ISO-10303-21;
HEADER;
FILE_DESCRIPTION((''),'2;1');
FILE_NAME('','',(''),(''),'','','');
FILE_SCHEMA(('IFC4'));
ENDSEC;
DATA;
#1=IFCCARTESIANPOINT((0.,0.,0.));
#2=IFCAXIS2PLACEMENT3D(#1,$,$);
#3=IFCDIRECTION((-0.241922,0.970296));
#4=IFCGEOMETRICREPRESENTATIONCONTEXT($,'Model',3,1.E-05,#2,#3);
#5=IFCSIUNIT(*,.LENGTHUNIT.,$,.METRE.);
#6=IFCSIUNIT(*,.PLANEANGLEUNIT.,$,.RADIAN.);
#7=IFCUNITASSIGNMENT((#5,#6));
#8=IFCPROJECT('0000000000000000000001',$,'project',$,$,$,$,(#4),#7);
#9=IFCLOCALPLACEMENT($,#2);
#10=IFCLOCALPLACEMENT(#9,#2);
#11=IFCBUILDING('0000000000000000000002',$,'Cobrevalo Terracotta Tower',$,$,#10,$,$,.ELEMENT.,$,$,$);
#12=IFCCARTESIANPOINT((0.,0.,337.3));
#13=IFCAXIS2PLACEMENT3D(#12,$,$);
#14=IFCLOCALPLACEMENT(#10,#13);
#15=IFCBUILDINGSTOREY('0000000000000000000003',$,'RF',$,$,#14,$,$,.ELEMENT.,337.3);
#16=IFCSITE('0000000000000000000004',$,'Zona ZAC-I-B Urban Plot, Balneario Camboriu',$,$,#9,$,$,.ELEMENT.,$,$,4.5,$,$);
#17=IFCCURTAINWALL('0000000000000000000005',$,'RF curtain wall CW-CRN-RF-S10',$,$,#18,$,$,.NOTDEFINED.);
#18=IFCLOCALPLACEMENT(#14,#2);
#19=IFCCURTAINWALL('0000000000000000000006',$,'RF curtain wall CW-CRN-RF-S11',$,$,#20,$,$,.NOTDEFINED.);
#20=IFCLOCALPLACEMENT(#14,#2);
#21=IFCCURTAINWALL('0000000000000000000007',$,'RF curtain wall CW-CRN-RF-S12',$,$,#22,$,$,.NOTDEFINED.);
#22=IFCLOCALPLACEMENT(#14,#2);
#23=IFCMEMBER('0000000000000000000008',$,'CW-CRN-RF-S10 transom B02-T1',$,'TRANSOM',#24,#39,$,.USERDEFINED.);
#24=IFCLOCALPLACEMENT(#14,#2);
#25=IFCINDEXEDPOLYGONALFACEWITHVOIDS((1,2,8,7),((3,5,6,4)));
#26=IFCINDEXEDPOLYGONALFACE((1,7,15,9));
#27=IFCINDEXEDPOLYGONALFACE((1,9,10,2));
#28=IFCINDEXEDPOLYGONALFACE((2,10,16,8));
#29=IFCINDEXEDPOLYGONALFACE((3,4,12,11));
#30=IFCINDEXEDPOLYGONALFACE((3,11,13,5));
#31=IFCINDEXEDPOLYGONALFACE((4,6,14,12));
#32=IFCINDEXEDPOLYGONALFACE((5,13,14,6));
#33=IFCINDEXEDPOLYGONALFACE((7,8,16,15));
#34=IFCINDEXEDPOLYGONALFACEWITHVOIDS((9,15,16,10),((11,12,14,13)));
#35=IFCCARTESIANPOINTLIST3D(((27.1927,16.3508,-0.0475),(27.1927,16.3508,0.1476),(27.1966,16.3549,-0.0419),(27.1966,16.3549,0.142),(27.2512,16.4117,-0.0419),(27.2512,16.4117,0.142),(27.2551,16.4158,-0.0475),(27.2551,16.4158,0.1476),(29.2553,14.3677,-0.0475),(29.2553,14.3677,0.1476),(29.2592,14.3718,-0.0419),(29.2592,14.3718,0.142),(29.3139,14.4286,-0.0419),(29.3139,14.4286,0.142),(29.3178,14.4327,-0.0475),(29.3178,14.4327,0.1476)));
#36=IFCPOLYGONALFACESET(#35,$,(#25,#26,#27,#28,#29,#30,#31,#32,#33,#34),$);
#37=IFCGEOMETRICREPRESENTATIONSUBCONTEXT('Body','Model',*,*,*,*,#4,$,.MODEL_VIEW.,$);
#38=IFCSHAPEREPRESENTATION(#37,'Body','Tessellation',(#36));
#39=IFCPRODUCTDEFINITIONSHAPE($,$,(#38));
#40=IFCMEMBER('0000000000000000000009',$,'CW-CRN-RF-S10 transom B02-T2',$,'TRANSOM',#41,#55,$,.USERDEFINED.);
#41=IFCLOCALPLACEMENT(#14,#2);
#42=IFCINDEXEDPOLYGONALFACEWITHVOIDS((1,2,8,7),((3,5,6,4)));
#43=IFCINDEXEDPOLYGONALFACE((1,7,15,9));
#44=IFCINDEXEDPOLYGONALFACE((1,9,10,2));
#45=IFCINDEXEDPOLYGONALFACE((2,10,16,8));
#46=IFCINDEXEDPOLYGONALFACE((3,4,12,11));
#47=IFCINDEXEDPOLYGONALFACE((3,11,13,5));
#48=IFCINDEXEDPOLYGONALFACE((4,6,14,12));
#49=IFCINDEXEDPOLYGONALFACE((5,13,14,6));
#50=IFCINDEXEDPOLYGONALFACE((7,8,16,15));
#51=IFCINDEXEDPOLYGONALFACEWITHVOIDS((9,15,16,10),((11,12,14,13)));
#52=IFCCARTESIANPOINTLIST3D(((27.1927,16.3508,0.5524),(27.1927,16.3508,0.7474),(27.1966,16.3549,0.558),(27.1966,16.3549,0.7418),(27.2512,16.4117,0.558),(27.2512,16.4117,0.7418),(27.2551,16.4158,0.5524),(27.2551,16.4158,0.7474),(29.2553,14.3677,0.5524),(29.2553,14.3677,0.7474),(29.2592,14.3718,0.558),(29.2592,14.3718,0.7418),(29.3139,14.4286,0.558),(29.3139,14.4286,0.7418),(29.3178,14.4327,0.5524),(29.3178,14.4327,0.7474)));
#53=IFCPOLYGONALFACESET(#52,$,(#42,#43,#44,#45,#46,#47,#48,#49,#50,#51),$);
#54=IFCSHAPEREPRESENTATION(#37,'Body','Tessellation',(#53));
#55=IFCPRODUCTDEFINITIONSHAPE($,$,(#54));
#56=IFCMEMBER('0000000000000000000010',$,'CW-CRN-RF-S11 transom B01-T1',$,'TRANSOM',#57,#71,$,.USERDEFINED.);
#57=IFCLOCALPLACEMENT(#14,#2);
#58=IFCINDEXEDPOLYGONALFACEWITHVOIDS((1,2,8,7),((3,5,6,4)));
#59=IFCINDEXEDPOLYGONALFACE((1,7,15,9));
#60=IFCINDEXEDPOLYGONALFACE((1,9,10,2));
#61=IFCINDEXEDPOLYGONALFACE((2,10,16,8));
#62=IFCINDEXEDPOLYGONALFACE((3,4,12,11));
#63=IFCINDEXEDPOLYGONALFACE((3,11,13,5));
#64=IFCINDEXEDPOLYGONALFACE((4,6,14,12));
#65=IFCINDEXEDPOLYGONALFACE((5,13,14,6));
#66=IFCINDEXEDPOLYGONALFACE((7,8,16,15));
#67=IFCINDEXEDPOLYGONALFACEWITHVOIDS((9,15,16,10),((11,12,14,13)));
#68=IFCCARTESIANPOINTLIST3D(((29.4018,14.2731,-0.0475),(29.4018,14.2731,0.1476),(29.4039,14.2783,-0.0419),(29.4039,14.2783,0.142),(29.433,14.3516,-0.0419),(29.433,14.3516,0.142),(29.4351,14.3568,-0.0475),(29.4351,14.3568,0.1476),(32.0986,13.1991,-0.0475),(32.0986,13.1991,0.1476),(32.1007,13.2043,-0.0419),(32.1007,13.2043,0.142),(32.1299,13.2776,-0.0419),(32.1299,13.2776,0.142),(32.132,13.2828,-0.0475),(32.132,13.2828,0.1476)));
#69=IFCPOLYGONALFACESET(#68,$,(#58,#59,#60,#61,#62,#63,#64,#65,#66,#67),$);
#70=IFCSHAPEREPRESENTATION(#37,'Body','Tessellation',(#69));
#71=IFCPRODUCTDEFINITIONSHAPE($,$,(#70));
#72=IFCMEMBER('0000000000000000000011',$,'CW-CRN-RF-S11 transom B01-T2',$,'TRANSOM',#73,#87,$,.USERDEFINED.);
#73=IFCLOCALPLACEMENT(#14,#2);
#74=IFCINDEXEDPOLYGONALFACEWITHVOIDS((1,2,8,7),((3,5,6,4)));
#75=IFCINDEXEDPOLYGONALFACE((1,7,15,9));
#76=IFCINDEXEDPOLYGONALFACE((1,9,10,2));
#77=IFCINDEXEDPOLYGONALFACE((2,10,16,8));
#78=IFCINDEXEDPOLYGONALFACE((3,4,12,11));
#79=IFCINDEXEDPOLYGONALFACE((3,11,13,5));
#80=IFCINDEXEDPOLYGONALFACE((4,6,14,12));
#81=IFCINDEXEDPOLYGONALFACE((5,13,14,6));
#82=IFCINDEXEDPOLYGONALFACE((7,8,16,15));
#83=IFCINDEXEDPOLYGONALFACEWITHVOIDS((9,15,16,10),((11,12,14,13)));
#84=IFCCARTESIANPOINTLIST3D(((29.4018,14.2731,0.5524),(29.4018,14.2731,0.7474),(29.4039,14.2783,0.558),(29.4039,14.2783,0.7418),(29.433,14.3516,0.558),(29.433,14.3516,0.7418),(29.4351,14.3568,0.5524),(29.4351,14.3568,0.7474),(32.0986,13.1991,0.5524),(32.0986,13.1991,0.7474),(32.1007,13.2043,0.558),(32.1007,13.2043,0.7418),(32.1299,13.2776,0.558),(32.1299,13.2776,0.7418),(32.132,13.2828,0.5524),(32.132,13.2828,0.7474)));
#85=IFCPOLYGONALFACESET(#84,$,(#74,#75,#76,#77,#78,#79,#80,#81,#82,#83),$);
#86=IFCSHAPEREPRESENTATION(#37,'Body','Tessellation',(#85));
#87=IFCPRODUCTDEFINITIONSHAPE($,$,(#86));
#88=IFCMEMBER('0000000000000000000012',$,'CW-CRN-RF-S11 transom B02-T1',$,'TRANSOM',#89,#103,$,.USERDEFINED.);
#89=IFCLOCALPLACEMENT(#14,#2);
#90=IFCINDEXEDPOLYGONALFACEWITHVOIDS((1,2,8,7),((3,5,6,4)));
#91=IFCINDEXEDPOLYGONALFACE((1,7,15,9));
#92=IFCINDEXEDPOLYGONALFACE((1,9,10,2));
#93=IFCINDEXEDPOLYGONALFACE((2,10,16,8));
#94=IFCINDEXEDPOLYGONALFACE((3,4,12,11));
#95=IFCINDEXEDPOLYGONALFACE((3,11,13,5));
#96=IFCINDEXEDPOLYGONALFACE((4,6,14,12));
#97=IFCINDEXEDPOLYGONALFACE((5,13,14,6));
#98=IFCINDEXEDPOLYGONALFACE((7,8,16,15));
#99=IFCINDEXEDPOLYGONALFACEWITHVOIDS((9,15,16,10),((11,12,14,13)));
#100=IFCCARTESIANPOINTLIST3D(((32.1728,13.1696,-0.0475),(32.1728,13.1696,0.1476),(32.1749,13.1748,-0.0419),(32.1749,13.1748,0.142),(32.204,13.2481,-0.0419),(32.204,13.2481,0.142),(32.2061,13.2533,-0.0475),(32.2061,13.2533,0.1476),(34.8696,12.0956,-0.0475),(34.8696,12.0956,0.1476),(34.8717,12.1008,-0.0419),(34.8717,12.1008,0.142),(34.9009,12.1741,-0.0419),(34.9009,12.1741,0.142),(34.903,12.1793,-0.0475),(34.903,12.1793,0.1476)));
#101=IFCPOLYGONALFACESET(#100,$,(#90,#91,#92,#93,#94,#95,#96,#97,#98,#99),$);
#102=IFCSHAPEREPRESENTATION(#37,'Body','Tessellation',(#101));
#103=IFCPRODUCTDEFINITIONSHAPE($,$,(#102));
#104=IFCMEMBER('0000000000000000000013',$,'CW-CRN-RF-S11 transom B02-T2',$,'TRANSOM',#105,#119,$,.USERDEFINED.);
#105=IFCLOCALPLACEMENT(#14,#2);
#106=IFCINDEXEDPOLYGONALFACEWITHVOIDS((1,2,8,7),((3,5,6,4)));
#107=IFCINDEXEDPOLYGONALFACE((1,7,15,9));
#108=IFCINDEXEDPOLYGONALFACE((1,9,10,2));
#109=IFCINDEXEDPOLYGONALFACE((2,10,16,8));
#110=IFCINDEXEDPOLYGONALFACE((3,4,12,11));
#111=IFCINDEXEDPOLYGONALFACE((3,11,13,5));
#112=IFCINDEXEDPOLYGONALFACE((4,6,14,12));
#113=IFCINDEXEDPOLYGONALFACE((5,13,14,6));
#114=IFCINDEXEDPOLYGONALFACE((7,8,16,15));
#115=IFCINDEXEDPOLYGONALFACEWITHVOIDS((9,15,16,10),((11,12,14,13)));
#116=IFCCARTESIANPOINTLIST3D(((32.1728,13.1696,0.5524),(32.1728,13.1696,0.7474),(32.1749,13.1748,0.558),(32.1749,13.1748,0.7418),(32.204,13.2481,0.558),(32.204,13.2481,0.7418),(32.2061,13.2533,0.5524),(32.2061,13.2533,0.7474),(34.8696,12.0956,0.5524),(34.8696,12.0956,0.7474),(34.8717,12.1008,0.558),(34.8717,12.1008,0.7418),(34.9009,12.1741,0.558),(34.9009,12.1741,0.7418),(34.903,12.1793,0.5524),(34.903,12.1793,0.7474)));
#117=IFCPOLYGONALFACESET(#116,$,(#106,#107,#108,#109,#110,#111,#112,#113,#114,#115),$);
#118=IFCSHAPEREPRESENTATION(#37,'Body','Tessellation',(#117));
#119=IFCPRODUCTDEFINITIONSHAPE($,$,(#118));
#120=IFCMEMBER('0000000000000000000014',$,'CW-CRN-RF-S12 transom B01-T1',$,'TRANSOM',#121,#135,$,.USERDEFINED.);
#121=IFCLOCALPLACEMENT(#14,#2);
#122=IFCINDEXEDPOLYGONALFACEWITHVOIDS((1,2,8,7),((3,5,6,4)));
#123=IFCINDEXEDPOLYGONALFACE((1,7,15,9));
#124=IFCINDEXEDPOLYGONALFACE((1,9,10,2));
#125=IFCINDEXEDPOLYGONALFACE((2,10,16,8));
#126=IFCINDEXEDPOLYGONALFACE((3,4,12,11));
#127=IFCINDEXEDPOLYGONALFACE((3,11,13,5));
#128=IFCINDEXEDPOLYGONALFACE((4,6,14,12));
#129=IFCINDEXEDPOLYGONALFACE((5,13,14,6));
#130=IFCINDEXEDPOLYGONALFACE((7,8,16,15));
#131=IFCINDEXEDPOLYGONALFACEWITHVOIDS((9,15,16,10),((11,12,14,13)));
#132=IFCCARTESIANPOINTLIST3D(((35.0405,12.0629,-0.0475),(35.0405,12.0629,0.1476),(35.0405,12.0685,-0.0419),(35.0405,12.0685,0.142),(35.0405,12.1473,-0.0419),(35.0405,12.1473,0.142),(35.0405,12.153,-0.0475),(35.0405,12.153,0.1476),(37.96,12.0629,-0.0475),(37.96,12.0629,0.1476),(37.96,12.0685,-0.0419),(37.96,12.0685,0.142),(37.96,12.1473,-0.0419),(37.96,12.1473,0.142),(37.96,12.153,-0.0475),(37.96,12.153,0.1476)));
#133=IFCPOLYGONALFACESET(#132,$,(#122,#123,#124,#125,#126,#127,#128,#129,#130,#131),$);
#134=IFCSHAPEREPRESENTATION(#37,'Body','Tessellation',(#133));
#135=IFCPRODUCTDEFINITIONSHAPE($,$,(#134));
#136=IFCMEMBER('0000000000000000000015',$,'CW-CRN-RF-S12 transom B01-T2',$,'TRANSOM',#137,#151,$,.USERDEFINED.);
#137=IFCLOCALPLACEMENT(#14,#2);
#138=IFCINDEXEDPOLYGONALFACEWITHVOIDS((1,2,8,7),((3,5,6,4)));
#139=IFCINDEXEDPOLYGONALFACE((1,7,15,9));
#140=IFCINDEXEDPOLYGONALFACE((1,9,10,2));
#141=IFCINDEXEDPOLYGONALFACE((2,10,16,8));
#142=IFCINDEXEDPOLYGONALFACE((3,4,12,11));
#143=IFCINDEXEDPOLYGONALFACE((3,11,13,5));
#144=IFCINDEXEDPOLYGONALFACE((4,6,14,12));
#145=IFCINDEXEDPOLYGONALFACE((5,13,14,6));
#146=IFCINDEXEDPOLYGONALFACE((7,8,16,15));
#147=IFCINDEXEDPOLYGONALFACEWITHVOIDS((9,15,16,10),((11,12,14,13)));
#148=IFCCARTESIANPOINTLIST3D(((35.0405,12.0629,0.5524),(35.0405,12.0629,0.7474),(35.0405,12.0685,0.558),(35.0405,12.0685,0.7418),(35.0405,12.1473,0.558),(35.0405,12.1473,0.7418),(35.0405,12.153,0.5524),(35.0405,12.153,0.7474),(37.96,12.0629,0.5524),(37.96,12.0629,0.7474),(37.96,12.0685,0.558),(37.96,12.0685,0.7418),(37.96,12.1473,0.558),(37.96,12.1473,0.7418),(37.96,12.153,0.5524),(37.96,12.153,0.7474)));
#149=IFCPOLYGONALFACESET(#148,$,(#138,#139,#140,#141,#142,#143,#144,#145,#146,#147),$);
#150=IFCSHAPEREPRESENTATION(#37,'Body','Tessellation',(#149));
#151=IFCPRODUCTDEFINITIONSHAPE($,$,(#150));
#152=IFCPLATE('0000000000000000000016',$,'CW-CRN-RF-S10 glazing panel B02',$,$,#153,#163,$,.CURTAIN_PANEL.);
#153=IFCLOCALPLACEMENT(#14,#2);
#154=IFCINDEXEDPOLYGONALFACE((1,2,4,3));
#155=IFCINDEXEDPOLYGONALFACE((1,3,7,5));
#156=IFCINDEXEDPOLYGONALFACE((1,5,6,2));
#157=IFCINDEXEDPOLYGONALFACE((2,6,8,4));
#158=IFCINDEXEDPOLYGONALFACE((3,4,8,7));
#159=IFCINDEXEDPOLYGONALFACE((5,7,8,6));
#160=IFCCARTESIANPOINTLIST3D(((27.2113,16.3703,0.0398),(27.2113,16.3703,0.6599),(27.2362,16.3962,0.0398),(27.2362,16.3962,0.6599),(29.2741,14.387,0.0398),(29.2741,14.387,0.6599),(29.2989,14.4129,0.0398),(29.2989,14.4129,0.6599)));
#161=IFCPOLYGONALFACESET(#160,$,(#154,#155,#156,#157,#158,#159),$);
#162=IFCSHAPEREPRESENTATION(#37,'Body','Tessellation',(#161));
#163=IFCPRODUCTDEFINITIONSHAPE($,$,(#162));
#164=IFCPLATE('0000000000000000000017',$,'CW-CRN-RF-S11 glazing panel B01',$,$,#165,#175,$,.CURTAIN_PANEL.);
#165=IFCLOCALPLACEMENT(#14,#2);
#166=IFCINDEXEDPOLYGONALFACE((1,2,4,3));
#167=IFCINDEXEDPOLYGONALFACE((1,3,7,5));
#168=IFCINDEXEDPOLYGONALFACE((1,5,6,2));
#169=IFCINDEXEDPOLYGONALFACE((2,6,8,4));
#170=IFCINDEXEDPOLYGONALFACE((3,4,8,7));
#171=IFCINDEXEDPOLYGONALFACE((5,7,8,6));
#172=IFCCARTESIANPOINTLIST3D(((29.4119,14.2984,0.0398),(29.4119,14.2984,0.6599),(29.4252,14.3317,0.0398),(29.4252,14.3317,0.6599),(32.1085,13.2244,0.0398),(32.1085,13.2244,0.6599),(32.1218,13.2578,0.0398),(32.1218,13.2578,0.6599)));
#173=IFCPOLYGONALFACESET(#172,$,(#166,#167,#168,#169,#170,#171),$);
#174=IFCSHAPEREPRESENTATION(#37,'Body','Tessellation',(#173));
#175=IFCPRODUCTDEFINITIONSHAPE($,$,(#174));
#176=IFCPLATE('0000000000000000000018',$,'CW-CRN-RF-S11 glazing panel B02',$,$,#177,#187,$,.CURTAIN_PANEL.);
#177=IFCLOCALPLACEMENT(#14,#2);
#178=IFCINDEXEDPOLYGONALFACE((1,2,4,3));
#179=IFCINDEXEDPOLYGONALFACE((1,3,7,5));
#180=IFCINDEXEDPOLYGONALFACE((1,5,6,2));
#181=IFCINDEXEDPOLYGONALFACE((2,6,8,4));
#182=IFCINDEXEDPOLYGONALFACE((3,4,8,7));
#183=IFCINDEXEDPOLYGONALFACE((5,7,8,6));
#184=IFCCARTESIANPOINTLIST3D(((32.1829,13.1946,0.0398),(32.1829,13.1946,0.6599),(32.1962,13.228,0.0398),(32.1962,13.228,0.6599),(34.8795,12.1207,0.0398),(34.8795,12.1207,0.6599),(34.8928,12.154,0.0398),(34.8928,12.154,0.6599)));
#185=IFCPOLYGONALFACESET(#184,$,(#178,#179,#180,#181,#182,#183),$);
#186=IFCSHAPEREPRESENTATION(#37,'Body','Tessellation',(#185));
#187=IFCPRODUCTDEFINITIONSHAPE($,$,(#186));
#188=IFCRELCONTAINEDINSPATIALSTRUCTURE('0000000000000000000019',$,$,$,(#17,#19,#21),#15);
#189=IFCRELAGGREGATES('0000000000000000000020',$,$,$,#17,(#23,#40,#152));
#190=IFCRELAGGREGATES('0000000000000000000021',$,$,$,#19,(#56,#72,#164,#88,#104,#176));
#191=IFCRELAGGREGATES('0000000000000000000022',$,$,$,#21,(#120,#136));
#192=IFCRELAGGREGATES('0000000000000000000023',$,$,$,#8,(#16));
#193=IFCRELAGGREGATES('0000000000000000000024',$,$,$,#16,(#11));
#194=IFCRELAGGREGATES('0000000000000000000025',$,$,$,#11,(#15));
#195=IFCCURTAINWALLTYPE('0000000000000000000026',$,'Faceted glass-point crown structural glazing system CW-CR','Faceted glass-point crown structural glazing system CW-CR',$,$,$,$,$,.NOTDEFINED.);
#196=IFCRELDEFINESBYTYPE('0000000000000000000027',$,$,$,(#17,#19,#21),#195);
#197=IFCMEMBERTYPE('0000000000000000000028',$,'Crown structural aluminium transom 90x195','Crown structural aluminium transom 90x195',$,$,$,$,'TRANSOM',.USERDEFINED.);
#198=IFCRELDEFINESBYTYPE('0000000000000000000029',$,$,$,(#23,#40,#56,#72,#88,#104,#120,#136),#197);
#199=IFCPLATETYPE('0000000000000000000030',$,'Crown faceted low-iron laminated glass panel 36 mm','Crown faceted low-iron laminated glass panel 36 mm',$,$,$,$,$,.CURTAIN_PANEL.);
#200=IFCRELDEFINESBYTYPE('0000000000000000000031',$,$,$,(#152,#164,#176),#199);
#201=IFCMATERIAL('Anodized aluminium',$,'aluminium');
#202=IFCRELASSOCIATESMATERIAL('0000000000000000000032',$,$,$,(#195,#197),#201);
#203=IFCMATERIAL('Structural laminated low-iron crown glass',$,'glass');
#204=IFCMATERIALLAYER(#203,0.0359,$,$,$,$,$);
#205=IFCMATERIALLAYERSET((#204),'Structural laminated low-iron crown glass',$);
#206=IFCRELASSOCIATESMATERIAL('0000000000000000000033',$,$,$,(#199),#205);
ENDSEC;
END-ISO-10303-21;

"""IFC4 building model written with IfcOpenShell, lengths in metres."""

from ifc_helpers import new_model, si_unit, direction, frame, origin, origin_2d, place, context, subcontext, project, spatial, rectangle, hollow_rectangle, extrude, source, transform, mapped, material, layer, layer_set, material_profile, profile_set, type_object, element, aggregate, save


model = new_model("IFC4")

# Units and contexts
model_context = context("Model", 3, precision=1e-05, world=origin(), true_north=direction((-0.241922, 0.970296)))
body_context = subcontext(model_context, "Body", "Model", "MODEL_VIEW")
ifc_project = project(units=[si_unit("LENGTHUNIT", "METRE"), si_unit("PLANEANGLEUNIT", "RADIAN")], contexts=[model_context])

# Site, building, storey
site_placement = place(None, origin())
site = spatial("IfcSite", under=ifc_project, at=site_placement, Name="Zona ZAC-I-B Urban Plot, Balneario Camboriu", CompositionType="ELEMENT", RefElevation=4.5)
building_placement = place(site_placement, origin())
building = spatial("IfcBuilding", under=site, at=building_placement, Name="Cobrevalo Terracotta Tower", CompositionType="ELEMENT")
storey_placement = place(building_placement, frame((0.0, 0.0, 337.3)))
storey = spatial("IfcBuildingStorey", under=building, at=storey_placement, Name="RF", CompositionType="ELEMENT", Elevation=337.3)

# Curtain wall
ifc_material_1 = material(Name="Anodized aluminium", Category="aluminium")
curtain_wall_type = type_object("IfcCurtainWallType", Name="Faceted glass-point crown structural glazing system CW-CR", Description="Faceted glass-point crown structural glazing system CW-CR", PredefinedType="NOTDEFINED", material=ifc_material_1)
curtain_wall_1_placement = place(storey_placement, origin())
curtain_wall_1 = element("IfcCurtainWall", 1, at=curtain_wall_1_placement, inside=storey, type_object=curtain_wall_type, Name="RF curtain wall CW-CRN-RF-S10", PredefinedType="NOTDEFINED")

# Curtain wall
curtain_wall_2_placement = place(storey_placement, origin())
curtain_wall_2 = element("IfcCurtainWall", 2, at=curtain_wall_2_placement, inside=storey, type_object=curtain_wall_type, Name="RF curtain wall CW-CRN-RF-S11", PredefinedType="NOTDEFINED")

# Curtain wall
curtain_wall_3_placement = place(storey_placement, origin())
curtain_wall_3 = element("IfcCurtainWall", 3, at=curtain_wall_3_placement, inside=storey, type_object=curtain_wall_type, Name="RF curtain wall CW-CRN-RF-S12", PredefinedType="NOTDEFINED")

# Members
ifc_material_profile_1 = material_profile(ifc_material_1, hollow_rectangle(XDim=0.0901, YDim=0.1951, WallThickness=0.0056, at=origin_2d()), Name="CWT 90x195")
ifc_profile_set_1 = profile_set([ifc_material_profile_1], Name="Anodized aluminium")
member_type_1 = type_object("IfcMemberType", Name="Crown structural aluminium transom 90x195", Description="Crown structural aluminium transom 90x195", ElementType="TRANSOM", PredefinedType="USERDEFINED", material=ifc_profile_set_1)
shared_shape_1 = source(origin(), body_context, "Body", "SweptSolid", [
    extrude(hollow_rectangle(XDim=0.0901, YDim=0.1951, WallThickness=0.0056, at=origin_2d()), origin(), (0.0, 0.0, 1.0), 2.8613),
])
member_1_placement = place(storey_placement, frame((27.2239, 16.3833, 0.05), z_axis=(0.720877, -0.693063, 0.0), x_axis=(0.693063, 0.720877, 0.0)))
member_1 = element("IfcMember", 4, at=member_1_placement, type_object=member_type_1, Name="CW-CRN-RF-S10 transom B02-T1", ObjectType="TRANSOM", PredefinedType="USERDEFINED", context=body_context, shape_type="MappedRepresentation", body=[
    mapped(shared_shape_1, transform((0.0, 0.0, 0.0), scale=1.0)),
])
member_2_placement = place(storey_placement, frame((27.2239, 16.3833, 0.6499), z_axis=(0.720877, -0.693063, 0.0), x_axis=(0.693063, 0.720877, 0.0)))
member_2 = element("IfcMember", 5, at=member_2_placement, type_object=member_type_1, Name="CW-CRN-RF-S10 transom B02-T2", ObjectType="TRANSOM", PredefinedType="USERDEFINED", context=body_context, shape_type="MappedRepresentation", body=[
    mapped(shared_shape_1, transform((0.0, 0.0, 0.0), scale=1.0)),
])
shared_shape_2 = source(origin(), body_context, "Body", "SweptSolid", [
    extrude(hollow_rectangle(XDim=0.0901, YDim=0.1951, WallThickness=0.0056, at=origin_2d()), origin(), (0.0, 0.0, 1.0), 2.9028),
])
member_3_placement = place(storey_placement, frame((29.4185, 14.3149, 0.05), z_axis=(0.929038, -0.369984, 0.0), x_axis=(0.369984, 0.929038, 0.0)))
member_3 = element("IfcMember", 6, at=member_3_placement, type_object=member_type_1, Name="CW-CRN-RF-S11 transom B01-T1", ObjectType="TRANSOM", PredefinedType="USERDEFINED", context=body_context, shape_type="MappedRepresentation", body=[
    mapped(shared_shape_2, transform((0.0, 0.0, 0.0), scale=1.0)),
])
member_4_placement = place(storey_placement, frame((29.4185, 14.3149, 0.6499), z_axis=(0.929038, -0.369984, 0.0), x_axis=(0.369984, 0.929038, 0.0)))
member_4 = element("IfcMember", 7, at=member_4_placement, type_object=member_type_1, Name="CW-CRN-RF-S11 transom B01-T2", ObjectType="TRANSOM", PredefinedType="USERDEFINED", context=body_context, shape_type="MappedRepresentation", body=[
    mapped(shared_shape_2, transform((0.0, 0.0, 0.0), scale=1.0)),
])
member_5_placement = place(storey_placement, frame((32.1895, 13.2114, 0.05), z_axis=(0.929038, -0.369984, 0.0), x_axis=(0.369984, 0.929038, 0.0)))
member_5 = element("IfcMember", 8, at=member_5_placement, type_object=member_type_1, Name="CW-CRN-RF-S11 transom B02-T1", ObjectType="TRANSOM", PredefinedType="USERDEFINED", context=body_context, shape_type="MappedRepresentation", body=[
    mapped(shared_shape_2, transform((0.0, 0.0, 0.0), scale=1.0)),
])
member_6_placement = place(storey_placement, frame((32.1895, 13.2114, 0.6499), z_axis=(0.929038, -0.369984, 0.0), x_axis=(0.369984, 0.929038, 0.0)))
member_6 = element("IfcMember", 9, at=member_6_placement, type_object=member_type_1, Name="CW-CRN-RF-S11 transom B02-T2", ObjectType="TRANSOM", PredefinedType="USERDEFINED", context=body_context, shape_type="MappedRepresentation", body=[
    mapped(shared_shape_2, transform((0.0, 0.0, 0.0), scale=1.0)),
])
shared_shape_3 = source(origin(), body_context, "Body", "SweptSolid", [
    extrude(hollow_rectangle(XDim=0.0901, YDim=0.1951, WallThickness=0.0056, at=origin_2d()), origin(), (0.0, 0.0, 1.0), 2.9194),
])
member_7_placement = place(storey_placement, frame((35.0405, 12.1079, 0.05), z_axis=(1.0, 0.0, 0.0), x_axis=(0.0, 1.0, 0.0)))
member_7 = element("IfcMember", 10, at=member_7_placement, type_object=member_type_1, Name="CW-CRN-RF-S12 transom B01-T1", ObjectType="TRANSOM", PredefinedType="USERDEFINED", context=body_context, shape_type="MappedRepresentation", body=[
    mapped(shared_shape_3, transform((0.0, 0.0, 0.0), scale=1.0)),
])
member_8_placement = place(storey_placement, frame((35.0405, 12.1079, 0.6499), z_axis=(1.0, 0.0, 0.0), x_axis=(0.0, 1.0, 0.0)))
member_8 = element("IfcMember", 11, at=member_8_placement, type_object=member_type_1, Name="CW-CRN-RF-S12 transom B01-T2", ObjectType="TRANSOM", PredefinedType="USERDEFINED", context=body_context, shape_type="MappedRepresentation", body=[
    mapped(shared_shape_3, transform((0.0, 0.0, 0.0), scale=1.0)),
])

# Plates
ifc_material_2 = material(Name="Structural laminated low-iron crown glass", Category="glass")
ifc_layer_1 = layer(ifc_material_2, 0.0359)
ifc_layer_set_1 = layer_set([ifc_layer_1], Name="Structural laminated low-iron crown glass")
plate_type = type_object("IfcPlateType", Name="Crown faceted low-iron laminated glass panel 36 mm", Description="Crown faceted low-iron laminated glass panel 36 mm", PredefinedType="CURTAIN_PANEL", material=ifc_layer_set_1)
shared_shape_4 = source(origin(), body_context, "Body", "SweptSolid", [
    extrude(rectangle(XDim=2.8616, YDim=0.0359, at=origin_2d()), origin(), (0.0, 0.0, 1.0), 0.6201),
])
plate_1_placement = place(storey_placement, frame((28.2551, 15.3916, 0.0398), z_axis=(0.0, 0.0, 1.0), x_axis=(0.720851, -0.69309, 0.0)))
plate_1 = element("IfcPlate", 12, at=plate_1_placement, type_object=plate_type, Name="CW-CRN-RF-S10 glazing panel B02", PredefinedType="CURTAIN_PANEL", context=body_context, shape_type="MappedRepresentation", body=[
    mapped(shared_shape_4, transform((0.0, 0.0, 0.0), scale=1.0)),
])
aggregate(curtain_wall_1, [member_1, member_2, plate_1])
shared_shape_5 = source(origin(), body_context, "Body", "SweptSolid", [
    extrude(rectangle(XDim=2.9026, YDim=0.0359, at=origin_2d()), origin(), (0.0, 0.0, 1.0), 0.6201),
])
plate_2_placement = place(storey_placement, frame((30.7668, 13.7781, 0.0398), z_axis=(0.0, 0.0, 1.0), x_axis=(0.929033, -0.369998, 0.0)))
plate_2 = element("IfcPlate", 13, at=plate_2_placement, type_object=plate_type, Name="CW-CRN-RF-S11 glazing panel B01", PredefinedType="CURTAIN_PANEL", context=body_context, shape_type="MappedRepresentation", body=[
    mapped(shared_shape_5, transform((0.0, 0.0, 0.0), scale=1.0)),
])
plate_3_placement = place(storey_placement, frame((33.5378, 12.6743, 0.0398), z_axis=(0.0, 0.0, 1.0), x_axis=(0.929033, -0.369998, 0.0)))
plate_3 = element("IfcPlate", 14, at=plate_3_placement, type_object=plate_type, Name="CW-CRN-RF-S11 glazing panel B02", PredefinedType="CURTAIN_PANEL", context=body_context, shape_type="MappedRepresentation", body=[
    mapped(shared_shape_5, transform((0.0, 0.0, 0.0), scale=1.0)),
])
aggregate(curtain_wall_2, [member_3, member_4, plate_2, member_5, member_6, plate_3])
aggregate(curtain_wall_3, [member_7, member_8])

save(model, "model.ifc")
